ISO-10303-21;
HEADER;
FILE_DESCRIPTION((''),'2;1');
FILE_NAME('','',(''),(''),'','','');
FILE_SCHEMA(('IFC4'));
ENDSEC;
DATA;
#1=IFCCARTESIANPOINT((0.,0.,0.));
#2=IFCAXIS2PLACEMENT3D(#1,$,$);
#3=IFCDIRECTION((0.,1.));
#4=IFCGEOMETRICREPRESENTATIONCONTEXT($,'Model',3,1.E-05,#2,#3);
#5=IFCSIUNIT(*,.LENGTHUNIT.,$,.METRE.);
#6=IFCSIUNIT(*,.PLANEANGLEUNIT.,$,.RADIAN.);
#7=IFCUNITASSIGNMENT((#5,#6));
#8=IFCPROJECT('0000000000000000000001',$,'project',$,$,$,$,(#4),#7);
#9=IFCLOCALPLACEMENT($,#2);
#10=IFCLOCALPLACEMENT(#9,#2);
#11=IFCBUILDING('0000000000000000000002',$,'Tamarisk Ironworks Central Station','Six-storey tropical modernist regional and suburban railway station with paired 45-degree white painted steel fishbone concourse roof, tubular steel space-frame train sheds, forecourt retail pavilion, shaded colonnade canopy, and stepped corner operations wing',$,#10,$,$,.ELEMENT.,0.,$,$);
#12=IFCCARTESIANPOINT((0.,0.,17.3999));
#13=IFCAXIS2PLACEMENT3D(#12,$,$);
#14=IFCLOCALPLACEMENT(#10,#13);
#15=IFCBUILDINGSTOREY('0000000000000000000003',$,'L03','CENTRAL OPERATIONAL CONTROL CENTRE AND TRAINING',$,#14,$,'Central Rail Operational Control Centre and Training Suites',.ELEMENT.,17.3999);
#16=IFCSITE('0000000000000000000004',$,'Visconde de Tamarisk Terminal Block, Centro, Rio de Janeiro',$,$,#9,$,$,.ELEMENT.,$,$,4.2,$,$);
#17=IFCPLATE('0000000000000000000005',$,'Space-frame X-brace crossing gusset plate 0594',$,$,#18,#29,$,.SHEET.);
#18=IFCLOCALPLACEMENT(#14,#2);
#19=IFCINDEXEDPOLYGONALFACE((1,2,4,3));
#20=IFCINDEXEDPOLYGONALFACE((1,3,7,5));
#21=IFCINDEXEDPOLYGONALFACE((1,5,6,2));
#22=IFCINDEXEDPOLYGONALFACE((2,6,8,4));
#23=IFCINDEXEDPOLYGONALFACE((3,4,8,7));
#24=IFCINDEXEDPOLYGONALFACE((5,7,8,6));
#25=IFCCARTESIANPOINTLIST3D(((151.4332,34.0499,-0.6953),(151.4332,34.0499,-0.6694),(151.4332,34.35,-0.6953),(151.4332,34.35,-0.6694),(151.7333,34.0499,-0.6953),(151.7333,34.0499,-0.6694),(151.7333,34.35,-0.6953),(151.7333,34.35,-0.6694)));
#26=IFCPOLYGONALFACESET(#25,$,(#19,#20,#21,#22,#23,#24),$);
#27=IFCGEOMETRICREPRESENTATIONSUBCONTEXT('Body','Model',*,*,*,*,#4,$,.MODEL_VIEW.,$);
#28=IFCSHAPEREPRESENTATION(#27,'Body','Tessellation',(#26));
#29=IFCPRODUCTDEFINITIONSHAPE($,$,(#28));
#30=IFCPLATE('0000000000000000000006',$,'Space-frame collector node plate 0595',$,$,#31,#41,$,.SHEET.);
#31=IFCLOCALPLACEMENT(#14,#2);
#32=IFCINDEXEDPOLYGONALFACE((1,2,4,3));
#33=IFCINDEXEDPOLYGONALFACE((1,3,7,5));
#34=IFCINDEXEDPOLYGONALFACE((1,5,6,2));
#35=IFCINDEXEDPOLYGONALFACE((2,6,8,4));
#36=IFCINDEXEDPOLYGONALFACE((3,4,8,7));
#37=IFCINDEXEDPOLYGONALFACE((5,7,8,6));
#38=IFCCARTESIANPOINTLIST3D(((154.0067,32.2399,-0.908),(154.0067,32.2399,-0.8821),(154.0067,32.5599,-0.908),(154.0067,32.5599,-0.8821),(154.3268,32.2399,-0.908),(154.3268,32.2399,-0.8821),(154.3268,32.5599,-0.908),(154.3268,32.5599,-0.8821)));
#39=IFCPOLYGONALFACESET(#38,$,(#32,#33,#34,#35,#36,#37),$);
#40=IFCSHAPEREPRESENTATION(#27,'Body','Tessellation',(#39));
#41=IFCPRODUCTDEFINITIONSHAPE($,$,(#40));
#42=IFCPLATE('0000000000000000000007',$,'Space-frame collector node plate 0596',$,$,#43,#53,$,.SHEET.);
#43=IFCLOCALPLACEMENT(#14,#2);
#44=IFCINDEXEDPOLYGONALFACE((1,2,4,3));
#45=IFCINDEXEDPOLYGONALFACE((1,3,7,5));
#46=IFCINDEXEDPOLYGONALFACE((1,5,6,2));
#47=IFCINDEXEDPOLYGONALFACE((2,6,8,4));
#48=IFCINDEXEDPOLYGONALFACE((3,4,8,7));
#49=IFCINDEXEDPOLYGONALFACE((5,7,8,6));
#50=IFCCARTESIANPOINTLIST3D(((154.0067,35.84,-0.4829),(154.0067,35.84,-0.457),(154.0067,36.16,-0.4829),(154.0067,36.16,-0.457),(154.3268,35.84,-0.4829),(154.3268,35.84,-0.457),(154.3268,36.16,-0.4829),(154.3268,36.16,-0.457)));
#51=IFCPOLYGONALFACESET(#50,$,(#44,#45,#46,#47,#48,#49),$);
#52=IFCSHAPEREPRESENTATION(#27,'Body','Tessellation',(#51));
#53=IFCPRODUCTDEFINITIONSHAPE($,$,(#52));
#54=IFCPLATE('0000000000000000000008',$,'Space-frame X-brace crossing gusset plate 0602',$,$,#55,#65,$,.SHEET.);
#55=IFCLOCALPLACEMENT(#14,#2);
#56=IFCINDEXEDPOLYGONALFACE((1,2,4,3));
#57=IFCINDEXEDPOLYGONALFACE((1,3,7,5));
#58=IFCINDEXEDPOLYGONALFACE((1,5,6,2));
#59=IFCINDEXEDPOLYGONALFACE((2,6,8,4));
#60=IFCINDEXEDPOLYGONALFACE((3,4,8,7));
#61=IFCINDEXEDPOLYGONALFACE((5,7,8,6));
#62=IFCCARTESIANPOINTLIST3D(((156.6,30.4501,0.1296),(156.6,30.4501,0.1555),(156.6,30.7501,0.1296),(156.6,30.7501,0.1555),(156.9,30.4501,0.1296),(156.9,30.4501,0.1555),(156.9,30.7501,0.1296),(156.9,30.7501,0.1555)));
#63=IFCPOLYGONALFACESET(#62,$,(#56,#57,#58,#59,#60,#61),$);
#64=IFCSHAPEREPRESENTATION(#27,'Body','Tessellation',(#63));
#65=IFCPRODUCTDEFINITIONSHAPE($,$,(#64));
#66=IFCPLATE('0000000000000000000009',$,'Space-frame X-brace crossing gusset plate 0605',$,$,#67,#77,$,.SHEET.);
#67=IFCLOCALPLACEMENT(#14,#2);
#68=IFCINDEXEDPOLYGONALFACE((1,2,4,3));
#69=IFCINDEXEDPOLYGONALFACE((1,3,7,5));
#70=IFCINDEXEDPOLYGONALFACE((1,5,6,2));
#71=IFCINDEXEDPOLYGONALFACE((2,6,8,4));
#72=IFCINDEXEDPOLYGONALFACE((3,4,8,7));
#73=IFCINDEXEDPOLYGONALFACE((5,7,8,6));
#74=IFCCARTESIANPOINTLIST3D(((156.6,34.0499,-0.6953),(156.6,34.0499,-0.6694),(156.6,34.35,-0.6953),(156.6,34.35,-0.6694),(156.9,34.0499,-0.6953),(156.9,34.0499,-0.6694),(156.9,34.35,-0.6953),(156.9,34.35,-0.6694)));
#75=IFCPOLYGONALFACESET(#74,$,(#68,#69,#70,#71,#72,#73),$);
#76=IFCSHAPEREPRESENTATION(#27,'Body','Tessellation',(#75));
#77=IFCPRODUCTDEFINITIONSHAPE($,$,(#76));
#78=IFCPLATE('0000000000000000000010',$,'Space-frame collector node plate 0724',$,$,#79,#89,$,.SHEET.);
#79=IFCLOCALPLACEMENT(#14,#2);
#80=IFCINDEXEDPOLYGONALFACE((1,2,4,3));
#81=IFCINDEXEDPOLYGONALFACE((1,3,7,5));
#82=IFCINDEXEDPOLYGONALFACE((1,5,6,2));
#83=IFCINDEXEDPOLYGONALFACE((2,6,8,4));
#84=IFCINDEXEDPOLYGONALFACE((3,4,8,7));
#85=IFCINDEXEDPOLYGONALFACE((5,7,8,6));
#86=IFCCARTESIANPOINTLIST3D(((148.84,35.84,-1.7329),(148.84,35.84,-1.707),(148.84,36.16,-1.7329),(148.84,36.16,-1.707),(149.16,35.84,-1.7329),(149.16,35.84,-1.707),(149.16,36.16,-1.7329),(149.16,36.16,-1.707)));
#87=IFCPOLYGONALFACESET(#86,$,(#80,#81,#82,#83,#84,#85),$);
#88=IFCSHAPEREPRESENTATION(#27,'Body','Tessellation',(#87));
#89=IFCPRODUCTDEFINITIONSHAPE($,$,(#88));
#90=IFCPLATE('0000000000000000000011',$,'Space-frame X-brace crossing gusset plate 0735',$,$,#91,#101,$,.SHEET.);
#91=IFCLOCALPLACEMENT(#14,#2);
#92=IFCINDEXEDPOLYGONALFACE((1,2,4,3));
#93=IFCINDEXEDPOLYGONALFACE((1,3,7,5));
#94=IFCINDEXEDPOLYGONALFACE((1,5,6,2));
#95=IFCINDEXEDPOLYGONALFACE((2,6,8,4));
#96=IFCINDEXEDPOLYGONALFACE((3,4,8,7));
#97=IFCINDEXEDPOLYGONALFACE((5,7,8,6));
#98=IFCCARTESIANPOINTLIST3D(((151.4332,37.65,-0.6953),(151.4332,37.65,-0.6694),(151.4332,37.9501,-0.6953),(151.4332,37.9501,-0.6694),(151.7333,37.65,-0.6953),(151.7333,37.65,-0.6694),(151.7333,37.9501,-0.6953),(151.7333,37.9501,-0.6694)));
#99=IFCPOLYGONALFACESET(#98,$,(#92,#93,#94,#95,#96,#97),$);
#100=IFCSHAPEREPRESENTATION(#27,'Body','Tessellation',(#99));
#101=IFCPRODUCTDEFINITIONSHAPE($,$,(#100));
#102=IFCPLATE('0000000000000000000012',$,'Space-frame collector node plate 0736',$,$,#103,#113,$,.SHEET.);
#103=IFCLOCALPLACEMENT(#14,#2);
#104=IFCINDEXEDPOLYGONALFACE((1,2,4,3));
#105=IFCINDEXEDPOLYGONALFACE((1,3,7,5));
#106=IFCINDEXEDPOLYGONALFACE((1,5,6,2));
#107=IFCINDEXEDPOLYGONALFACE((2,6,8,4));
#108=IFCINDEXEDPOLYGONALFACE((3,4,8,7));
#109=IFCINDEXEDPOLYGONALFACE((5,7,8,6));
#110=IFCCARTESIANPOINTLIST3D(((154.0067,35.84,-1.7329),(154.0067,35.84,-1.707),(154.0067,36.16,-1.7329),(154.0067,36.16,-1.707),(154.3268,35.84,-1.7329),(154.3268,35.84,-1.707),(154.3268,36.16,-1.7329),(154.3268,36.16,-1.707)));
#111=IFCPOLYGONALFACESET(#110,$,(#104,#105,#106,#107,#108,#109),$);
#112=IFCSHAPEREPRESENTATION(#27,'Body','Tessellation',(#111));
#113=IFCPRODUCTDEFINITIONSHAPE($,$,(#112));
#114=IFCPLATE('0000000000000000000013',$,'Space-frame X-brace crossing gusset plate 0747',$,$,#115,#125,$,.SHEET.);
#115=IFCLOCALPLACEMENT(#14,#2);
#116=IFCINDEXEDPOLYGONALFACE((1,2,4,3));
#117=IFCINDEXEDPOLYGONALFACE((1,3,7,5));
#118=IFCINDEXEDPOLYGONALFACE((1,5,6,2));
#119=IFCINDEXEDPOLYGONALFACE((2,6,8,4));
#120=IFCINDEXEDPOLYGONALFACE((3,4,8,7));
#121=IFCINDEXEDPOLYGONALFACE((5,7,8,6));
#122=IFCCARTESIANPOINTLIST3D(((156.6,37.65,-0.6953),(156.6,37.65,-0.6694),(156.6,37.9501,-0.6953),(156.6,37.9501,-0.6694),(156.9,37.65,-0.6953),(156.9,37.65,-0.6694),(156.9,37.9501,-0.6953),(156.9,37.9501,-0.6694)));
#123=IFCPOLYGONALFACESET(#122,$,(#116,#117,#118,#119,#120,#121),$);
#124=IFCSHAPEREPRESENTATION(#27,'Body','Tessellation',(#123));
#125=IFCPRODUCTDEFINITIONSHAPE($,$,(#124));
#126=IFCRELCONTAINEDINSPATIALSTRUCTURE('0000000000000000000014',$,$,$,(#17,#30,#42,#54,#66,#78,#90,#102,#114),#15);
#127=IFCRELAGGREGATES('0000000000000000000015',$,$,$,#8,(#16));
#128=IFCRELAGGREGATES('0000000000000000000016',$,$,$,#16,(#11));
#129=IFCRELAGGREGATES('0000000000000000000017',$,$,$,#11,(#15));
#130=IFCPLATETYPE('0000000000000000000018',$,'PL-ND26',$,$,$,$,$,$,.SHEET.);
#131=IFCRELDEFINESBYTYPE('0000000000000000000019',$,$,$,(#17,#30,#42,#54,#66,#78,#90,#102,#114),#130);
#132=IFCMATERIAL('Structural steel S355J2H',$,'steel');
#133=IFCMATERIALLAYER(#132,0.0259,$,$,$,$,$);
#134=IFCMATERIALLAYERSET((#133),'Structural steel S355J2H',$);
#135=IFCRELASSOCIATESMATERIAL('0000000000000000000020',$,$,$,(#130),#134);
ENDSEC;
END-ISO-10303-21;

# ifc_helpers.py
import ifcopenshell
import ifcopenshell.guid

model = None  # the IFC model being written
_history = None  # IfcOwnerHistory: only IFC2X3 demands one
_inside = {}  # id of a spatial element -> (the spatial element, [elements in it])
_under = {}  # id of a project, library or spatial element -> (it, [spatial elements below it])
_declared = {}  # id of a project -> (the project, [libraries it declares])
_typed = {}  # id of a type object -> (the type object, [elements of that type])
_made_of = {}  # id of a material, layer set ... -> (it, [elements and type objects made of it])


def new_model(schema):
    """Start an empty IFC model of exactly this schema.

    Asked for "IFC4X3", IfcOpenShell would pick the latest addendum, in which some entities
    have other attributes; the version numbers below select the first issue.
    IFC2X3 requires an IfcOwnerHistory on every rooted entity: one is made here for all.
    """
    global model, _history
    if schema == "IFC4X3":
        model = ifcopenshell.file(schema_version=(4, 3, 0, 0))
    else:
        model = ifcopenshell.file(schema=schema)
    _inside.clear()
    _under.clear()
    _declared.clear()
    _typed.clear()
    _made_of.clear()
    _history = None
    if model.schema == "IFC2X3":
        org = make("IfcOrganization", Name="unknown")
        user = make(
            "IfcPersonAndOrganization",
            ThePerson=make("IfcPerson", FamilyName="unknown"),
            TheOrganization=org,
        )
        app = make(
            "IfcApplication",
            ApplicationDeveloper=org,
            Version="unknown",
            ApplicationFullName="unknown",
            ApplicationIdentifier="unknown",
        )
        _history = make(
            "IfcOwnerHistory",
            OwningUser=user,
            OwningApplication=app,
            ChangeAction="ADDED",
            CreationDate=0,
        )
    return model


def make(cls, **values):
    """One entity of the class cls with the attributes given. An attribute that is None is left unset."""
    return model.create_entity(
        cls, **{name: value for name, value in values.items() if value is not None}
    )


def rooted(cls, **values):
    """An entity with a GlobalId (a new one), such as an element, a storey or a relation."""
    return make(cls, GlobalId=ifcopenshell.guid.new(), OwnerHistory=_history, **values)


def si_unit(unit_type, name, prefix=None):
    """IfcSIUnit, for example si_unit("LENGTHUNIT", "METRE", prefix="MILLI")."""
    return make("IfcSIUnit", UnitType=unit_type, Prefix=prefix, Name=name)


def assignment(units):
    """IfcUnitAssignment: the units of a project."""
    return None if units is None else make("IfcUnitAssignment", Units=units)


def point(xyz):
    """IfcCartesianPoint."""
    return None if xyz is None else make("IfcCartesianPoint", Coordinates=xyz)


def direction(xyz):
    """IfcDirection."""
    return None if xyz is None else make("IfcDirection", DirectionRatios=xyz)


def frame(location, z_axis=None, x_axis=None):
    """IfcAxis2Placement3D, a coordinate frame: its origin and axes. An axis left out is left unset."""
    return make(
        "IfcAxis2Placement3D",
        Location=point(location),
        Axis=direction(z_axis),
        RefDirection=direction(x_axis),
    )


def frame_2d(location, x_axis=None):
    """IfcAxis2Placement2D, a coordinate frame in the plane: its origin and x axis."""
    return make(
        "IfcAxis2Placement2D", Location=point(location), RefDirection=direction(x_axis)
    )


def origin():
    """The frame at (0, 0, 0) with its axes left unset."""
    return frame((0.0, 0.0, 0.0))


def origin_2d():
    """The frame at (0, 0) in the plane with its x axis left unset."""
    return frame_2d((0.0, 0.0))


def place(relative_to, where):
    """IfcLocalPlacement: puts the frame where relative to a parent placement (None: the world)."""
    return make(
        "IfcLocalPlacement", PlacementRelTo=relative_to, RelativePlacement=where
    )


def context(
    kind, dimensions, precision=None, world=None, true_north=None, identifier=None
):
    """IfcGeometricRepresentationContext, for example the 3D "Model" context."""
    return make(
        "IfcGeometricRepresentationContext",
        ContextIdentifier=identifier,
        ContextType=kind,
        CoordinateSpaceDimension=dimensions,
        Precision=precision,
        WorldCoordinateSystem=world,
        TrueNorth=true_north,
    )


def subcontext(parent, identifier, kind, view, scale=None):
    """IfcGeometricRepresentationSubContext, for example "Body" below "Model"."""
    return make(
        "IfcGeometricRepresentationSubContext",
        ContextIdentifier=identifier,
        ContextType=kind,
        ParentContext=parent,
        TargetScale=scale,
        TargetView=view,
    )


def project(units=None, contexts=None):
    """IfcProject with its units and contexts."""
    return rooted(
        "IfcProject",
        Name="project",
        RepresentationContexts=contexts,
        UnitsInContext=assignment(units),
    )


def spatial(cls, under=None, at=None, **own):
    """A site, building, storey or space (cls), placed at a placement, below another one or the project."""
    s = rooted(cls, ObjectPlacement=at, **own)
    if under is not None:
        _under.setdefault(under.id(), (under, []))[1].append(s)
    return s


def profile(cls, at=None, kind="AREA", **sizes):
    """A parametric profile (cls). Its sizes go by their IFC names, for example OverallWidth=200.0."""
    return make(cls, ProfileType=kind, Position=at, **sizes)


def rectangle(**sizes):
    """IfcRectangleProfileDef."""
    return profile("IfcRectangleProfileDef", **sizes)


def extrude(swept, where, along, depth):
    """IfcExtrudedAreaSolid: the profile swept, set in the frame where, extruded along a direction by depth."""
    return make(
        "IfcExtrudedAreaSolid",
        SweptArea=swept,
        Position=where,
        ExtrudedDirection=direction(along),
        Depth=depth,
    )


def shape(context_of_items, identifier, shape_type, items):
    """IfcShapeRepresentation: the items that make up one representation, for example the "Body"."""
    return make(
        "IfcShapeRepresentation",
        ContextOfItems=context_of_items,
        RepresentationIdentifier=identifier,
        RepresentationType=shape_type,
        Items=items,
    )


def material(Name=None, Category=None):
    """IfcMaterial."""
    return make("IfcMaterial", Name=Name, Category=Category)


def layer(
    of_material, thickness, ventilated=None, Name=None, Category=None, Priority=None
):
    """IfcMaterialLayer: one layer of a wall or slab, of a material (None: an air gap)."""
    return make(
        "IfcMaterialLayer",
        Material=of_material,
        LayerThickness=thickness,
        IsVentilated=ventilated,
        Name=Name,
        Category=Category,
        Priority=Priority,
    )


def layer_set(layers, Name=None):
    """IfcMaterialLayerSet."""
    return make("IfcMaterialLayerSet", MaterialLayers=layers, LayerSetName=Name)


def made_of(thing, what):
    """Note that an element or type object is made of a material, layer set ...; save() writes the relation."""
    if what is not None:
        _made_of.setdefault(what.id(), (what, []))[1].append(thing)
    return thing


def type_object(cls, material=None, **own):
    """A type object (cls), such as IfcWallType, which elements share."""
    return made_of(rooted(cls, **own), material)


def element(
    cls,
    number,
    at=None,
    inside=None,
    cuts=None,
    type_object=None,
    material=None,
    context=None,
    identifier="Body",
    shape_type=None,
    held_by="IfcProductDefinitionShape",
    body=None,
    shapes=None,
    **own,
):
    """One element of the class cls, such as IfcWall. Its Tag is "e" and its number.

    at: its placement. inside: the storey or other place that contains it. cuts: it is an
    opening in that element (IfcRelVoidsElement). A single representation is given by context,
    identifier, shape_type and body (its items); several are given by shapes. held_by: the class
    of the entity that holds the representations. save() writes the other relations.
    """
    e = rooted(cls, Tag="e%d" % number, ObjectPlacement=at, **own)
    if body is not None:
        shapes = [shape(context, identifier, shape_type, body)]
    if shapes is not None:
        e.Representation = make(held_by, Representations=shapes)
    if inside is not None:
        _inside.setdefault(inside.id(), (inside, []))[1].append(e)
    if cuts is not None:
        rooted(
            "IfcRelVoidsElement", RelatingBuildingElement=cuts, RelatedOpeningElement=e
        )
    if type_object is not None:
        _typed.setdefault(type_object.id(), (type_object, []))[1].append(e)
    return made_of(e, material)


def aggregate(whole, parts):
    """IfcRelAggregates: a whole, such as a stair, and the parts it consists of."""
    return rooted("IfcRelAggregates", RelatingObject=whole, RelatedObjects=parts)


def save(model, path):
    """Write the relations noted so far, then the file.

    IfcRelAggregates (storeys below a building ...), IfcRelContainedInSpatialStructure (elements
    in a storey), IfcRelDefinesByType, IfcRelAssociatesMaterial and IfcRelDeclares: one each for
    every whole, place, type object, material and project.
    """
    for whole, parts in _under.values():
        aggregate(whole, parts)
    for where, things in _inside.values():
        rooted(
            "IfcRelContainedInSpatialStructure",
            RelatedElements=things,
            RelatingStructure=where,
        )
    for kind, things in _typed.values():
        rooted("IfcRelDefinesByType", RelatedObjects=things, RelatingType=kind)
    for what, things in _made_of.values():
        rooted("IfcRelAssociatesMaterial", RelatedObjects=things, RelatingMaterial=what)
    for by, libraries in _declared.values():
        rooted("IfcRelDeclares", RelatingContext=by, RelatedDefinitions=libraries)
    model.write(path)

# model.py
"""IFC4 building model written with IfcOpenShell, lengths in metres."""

from ifc_helpers import new_model, si_unit, direction, frame, origin, origin_2d, place, context, subcontext, project, spatial, rectangle, extrude, material, layer, layer_set, type_object, element, save


model = new_model("IFC4")

# Units and contexts
model_context = context("Model", 3, precision=1e-05, world=origin(), true_north=direction((0.0, 1.0)))
body_context = subcontext(model_context, "Body", "Model", "MODEL_VIEW")
ifc_project = project(units=[si_unit("LENGTHUNIT", "METRE"), si_unit("PLANEANGLEUNIT", "RADIAN")], contexts=[model_context])

# Site, building, storey
site_placement = place(None, origin())
site = spatial("IfcSite", under=ifc_project, at=site_placement, Name="Visconde de Tamarisk Terminal Block, Centro, Rio de Janeiro", CompositionType="ELEMENT", RefElevation=4.2)
building_placement = place(site_placement, origin())
building = spatial("IfcBuilding", under=site, at=building_placement, Name="Tamarisk Ironworks Central Station", Description="Six-storey tropical modernist regional and suburban railway station with paired 45-degree white painted steel fishbone concourse roof, tubular steel space-frame train sheds, forecourt retail pavilion, shaded colonnade canopy, and stepped corner operations wing", CompositionType="ELEMENT", ElevationOfRefHeight=0.0)
storey_placement = place(building_placement, frame((0.0, 0.0, 17.3999)))
storey = spatial("IfcBuildingStorey", under=building, at=storey_placement, Name="L03", Description="CENTRAL OPERATIONAL CONTROL CENTRE AND TRAINING", LongName="Central Rail Operational Control Centre and Training Suites", CompositionType="ELEMENT", Elevation=17.3999)

# Shared definitions
ifc_material_1 = material(Name="Structural steel S355J2H", Category="steel")

# Plates
ifc_layer = layer(ifc_material_1, 0.0259)
ifc_layer_set = layer_set([ifc_layer], Name="Structural steel S355J2H")
plate_type = type_object("IfcPlateType", Name="PL-ND26", PredefinedType="SHEET", material=ifc_layer_set)
plate_1_placement = place(storey_placement, frame((151.5833, 34.2, -0.6953), z_axis=(0.0, 0.0, 1.0), x_axis=(1.0, 0.0, 0.0)))
element("IfcPlate", 1, at=plate_1_placement, inside=storey, type_object=plate_type, Name="Space-frame X-brace crossing gusset plate 0594", PredefinedType="SHEET", context=body_context, shape_type="SweptSolid", body=[
    extrude(rectangle(XDim=0.3, YDim=0.3, at=origin_2d()), origin(), (0.0, 0.0, 1.0), 0.0259),
])
for number, where, z_axis, x_axis, name in (
    (2, (154.1667, 32.3999, -0.908), (0.0, 0.0, 1.0), (1.0, 0.0, 0.0), "Space-frame collector node plate 0595"),
    (3, (154.1667, 36.0, -0.4829), (0.0, 0.0, 1.0), (1.0, 0.0, 0.0), "Space-frame collector node plate 0596"),
):
    element("IfcPlate", number, at=place(storey_placement, frame(where, z_axis=z_axis, x_axis=x_axis)), inside=storey, type_object=plate_type, Name=name, PredefinedType="SHEET", context=body_context, shape_type="SweptSolid", body=[
        extrude(rectangle(XDim=0.3201, YDim=0.3201, at=origin_2d()), origin(), (0.0, 0.0, 1.0), 0.0259),
    ])
for number, where, z_axis, x_axis, name in (
    (4, (156.75, 30.6001, 0.1296), (0.0, 0.0, 1.0), (1.0, 0.0, 0.0), "Space-frame X-brace crossing gusset plate 0602"),
    (5, (156.75, 34.2, -0.6953), (0.0, 0.0, 1.0), (1.0, 0.0, 0.0), "Space-frame X-brace crossing gusset plate 0605"),
):
    element("IfcPlate", number, at=place(storey_placement, frame(where, z_axis=z_axis, x_axis=x_axis)), inside=storey, type_object=plate_type, Name=name, PredefinedType="SHEET", context=body_context, shape_type="SweptSolid", body=[
        extrude(rectangle(XDim=0.3, YDim=0.3, at=origin_2d()), origin(), (0.0, 0.0, 1.0), 0.0259),
    ])
plate_2_placement = place(storey_placement, frame((149.0, 36.0, -1.7329), z_axis=(0.0, 0.0, 1.0), x_axis=(1.0, 0.0, 0.0)))
element("IfcPlate", 6, at=plate_2_placement, inside=storey, type_object=plate_type, Name="Space-frame collector node plate 0724", PredefinedType="SHEET", context=body_context, shape_type="SweptSolid", body=[
    extrude(rectangle(XDim=0.3201, YDim=0.3201, at=origin_2d()), origin(), (0.0, 0.0, 1.0), 0.0259),
])
plate_3_placement = place(storey_placement, frame((151.5833, 37.8, -0.6953), z_axis=(0.0, 0.0, 1.0), x_axis=(1.0, 0.0, 0.0)))
element("IfcPlate", 7, at=plate_3_placement, inside=storey, type_object=plate_type, Name="Space-frame X-brace crossing gusset plate 0735", PredefinedType="SHEET", context=body_context, shape_type="SweptSolid", body=[
    extrude(rectangle(XDim=0.3, YDim=0.3, at=origin_2d()), origin(), (0.0, 0.0, 1.0), 0.0259),
])
plate_4_placement = place(storey_placement, frame((154.1667, 36.0, -1.7329), z_axis=(0.0, 0.0, 1.0), x_axis=(1.0, 0.0, 0.0)))
element("IfcPlate", 8, at=plate_4_placement, inside=storey, type_object=plate_type, Name="Space-frame collector node plate 0736", PredefinedType="SHEET", context=body_context, shape_type="SweptSolid", body=[
    extrude(rectangle(XDim=0.3201, YDim=0.3201, at=origin_2d()), origin(), (0.0, 0.0, 1.0), 0.0259),
])
plate_5_placement = place(storey_placement, frame((156.75, 37.8, -0.6953), z_axis=(0.0, 0.0, 1.0), x_axis=(1.0, 0.0, 0.0)))
element("IfcPlate", 9, at=plate_5_placement, inside=storey, type_object=plate_type, Name="Space-frame X-brace crossing gusset plate 0747", PredefinedType="SHEET", context=body_context, shape_type="SweptSolid", body=[
    extrude(rectangle(XDim=0.3, YDim=0.3, at=origin_2d()), origin(), (0.0, 0.0, 1.0), 0.0259),
])

save(model, "model.ifc")
